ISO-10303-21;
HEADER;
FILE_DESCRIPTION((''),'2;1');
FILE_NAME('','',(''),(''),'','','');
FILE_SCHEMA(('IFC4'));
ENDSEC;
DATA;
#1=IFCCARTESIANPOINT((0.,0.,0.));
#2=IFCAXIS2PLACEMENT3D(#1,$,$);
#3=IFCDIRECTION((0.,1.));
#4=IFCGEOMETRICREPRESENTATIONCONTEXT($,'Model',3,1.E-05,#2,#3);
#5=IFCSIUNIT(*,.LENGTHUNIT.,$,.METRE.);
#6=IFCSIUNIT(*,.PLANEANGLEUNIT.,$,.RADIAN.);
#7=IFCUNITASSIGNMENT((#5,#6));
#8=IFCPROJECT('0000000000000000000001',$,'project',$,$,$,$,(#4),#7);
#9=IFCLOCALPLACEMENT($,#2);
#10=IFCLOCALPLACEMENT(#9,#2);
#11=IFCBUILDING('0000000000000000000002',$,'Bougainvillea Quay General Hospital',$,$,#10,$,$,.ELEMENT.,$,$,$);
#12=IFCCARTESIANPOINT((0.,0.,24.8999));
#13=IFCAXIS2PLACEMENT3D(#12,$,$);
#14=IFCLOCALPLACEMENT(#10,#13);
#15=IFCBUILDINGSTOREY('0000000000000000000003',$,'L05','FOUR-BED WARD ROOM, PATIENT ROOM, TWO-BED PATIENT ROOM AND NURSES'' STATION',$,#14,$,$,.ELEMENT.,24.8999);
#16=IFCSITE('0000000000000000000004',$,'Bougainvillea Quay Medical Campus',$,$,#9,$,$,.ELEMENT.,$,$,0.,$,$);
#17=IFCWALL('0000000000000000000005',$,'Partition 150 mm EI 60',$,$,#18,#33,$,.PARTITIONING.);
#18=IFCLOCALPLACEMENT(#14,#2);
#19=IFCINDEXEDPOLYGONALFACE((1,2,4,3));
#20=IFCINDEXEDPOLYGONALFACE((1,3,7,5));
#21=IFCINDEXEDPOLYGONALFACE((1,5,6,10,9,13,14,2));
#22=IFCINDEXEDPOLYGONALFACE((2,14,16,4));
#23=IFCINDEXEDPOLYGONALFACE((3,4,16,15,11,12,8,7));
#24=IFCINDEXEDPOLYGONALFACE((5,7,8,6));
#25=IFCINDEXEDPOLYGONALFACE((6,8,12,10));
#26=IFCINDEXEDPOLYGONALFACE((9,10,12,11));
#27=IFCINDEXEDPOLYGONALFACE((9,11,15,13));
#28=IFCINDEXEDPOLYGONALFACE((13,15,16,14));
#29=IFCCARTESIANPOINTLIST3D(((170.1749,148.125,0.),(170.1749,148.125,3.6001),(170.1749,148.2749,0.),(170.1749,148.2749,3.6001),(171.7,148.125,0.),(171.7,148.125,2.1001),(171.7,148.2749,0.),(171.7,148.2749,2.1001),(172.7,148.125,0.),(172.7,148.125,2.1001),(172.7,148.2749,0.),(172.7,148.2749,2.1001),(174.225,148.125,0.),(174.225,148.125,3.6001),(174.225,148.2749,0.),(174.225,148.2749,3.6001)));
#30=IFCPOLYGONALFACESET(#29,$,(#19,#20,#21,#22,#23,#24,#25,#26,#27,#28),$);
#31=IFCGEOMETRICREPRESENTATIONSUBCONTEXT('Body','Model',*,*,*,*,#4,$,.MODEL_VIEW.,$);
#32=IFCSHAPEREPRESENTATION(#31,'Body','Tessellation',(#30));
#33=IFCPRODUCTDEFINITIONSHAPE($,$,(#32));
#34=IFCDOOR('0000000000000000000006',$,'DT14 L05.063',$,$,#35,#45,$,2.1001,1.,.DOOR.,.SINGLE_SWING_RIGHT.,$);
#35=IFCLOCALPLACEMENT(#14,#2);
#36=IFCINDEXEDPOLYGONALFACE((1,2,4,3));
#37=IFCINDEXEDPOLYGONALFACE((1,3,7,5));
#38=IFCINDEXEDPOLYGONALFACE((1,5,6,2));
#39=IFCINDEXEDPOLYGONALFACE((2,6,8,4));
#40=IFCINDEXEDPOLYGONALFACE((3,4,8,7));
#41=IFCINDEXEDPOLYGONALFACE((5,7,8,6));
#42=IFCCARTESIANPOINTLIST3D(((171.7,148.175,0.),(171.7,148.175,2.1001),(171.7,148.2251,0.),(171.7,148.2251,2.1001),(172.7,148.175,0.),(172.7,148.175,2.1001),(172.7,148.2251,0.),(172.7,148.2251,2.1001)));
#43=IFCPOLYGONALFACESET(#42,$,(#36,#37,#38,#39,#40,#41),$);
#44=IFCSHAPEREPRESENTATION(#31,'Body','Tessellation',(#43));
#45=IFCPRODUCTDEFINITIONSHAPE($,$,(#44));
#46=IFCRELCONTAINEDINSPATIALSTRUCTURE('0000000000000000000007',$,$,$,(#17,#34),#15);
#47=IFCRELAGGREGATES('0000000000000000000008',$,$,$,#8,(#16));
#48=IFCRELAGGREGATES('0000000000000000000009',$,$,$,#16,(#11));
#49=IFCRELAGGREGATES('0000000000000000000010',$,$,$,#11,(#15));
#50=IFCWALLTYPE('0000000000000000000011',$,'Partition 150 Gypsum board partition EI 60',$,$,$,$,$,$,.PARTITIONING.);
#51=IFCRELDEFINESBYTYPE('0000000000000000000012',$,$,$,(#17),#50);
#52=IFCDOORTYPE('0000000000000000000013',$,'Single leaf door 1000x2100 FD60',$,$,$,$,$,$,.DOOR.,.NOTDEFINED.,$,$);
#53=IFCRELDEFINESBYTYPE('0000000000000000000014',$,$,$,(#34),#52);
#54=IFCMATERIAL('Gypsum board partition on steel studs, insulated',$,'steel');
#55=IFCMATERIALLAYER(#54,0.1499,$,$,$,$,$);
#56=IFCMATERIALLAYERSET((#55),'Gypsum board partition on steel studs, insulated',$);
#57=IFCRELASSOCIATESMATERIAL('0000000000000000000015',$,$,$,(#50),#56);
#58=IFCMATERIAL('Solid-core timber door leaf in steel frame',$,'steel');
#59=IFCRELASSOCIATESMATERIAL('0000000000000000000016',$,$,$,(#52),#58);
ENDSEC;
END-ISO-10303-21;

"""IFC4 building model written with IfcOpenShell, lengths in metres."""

from ifc_helpers import new_model, si_unit, direction, frame, frame_2d, origin, place, context, subcontext, project, spatial, rectangle, extrude, material, layer, layer_set, type_object, element, fill, save


model = new_model("IFC4")

# Units and contexts
model_context = context("Model", 3, precision=1e-05, world=origin(), true_north=direction((0.0, 1.0)))
body_context = subcontext(model_context, "Body", "Model", "MODEL_VIEW")
ifc_project = project(units=[si_unit("LENGTHUNIT", "METRE"), si_unit("PLANEANGLEUNIT", "RADIAN")], contexts=[model_context])

# Site, building, storey
site_placement = place(None, origin())
site = spatial("IfcSite", under=ifc_project, at=site_placement, Name="Bougainvillea Quay Medical Campus", CompositionType="ELEMENT", RefElevation=0.0)
building_placement = place(site_placement, origin())
building = spatial("IfcBuilding", under=site, at=building_placement, Name="Bougainvillea Quay General Hospital", CompositionType="ELEMENT")
storey_placement = place(building_placement, frame((0.0, 0.0, 24.8999)))
storey = spatial("IfcBuildingStorey", under=building, at=storey_placement, Name="L05", Description="FOUR-BED WARD ROOM, PATIENT ROOM, TWO-BED PATIENT ROOM AND NURSES' STATION", CompositionType="ELEMENT", Elevation=24.8999)

# Shared definitions
ifc_material_1 = material(Name="Gypsum board partition on steel studs, insulated", Category="steel")

# Wall, opening, door
ifc_material_2 = material(Name="Solid-core timber door leaf in steel frame", Category="steel")
ifc_layer_1 = layer(ifc_material_1, 0.1499)
ifc_layer_set_1 = layer_set([ifc_layer_1], Name="Gypsum board partition on steel studs, insulated")
wall_type_1 = type_object("IfcWallType", Name="Partition 150 Gypsum board partition EI 60", PredefinedType="PARTITIONING", material=ifc_layer_set_1)
wall_1_placement = place(storey_placement, frame((170.175, 148.2, 0.0), z_axis=(0.0, 0.0, 1.0), x_axis=(1.0, 0.0, 0.0)))
wall_1 = element("IfcWall", 1, at=wall_1_placement, inside=storey, type_object=wall_type_1, Name="Partition 150 mm EI 60", PredefinedType="PARTITIONING", context=body_context, shape_type="SweptSolid", body=[
    extrude(rectangle(XDim=4.05, YDim=0.1499, at=frame_2d((2.0249, 0.0))), origin(), (0.0, 0.0, 1.0), 3.6001),
])
opening_1_placement = place(wall_1_placement, frame((1.5249, 0.0, 0.0)))
opening_1 = element("IfcOpeningElement", 2, at=opening_1_placement, cuts=wall_1, PredefinedType="OPENING", context=body_context, shape_type="SweptSolid", body=[
    extrude(rectangle(XDim=1.0, YDim=2.1001, at=frame_2d((0.5, 1.05))), frame((0.0, 0.085, 0.0), z_axis=(0.0, -1.0, 0.0), x_axis=(1.0, 0.0, 0.0)), (0.0, 0.0, 1.0), 0.1699),
])
door_type_1 = type_object("IfcDoorType", Name="Single leaf door 1000x2100 FD60", OperationType="NOTDEFINED", PredefinedType="DOOR", material=ifc_material_2)
door_1_placement = place(opening_1_placement, frame((1.0, 0.0, 0.0), z_axis=(0.0, 0.0, 1.0), x_axis=(-1.0, 0.0, 0.0)))
door_1 = element("IfcDoor", 3, at=door_1_placement, inside=storey, type_object=door_type_1, Name="DT14 L05.063", OperationType="SINGLE_SWING_RIGHT", OverallHeight=2.1001, OverallWidth=1.0, PredefinedType="DOOR", context=body_context, shape_type="SweptSolid", body=[
    extrude(rectangle(XDim=1.0, YDim=2.1001, at=frame_2d((0.5, 1.05))), frame((0.0, 0.0249, 0.0), z_axis=(0.0, -1.0, 0.0), x_axis=(1.0, 0.0, 0.0)), (0.0, 0.0, 1.0), 0.05),
])
fill(opening_1, door_1)

save(model, "model.ifc")
